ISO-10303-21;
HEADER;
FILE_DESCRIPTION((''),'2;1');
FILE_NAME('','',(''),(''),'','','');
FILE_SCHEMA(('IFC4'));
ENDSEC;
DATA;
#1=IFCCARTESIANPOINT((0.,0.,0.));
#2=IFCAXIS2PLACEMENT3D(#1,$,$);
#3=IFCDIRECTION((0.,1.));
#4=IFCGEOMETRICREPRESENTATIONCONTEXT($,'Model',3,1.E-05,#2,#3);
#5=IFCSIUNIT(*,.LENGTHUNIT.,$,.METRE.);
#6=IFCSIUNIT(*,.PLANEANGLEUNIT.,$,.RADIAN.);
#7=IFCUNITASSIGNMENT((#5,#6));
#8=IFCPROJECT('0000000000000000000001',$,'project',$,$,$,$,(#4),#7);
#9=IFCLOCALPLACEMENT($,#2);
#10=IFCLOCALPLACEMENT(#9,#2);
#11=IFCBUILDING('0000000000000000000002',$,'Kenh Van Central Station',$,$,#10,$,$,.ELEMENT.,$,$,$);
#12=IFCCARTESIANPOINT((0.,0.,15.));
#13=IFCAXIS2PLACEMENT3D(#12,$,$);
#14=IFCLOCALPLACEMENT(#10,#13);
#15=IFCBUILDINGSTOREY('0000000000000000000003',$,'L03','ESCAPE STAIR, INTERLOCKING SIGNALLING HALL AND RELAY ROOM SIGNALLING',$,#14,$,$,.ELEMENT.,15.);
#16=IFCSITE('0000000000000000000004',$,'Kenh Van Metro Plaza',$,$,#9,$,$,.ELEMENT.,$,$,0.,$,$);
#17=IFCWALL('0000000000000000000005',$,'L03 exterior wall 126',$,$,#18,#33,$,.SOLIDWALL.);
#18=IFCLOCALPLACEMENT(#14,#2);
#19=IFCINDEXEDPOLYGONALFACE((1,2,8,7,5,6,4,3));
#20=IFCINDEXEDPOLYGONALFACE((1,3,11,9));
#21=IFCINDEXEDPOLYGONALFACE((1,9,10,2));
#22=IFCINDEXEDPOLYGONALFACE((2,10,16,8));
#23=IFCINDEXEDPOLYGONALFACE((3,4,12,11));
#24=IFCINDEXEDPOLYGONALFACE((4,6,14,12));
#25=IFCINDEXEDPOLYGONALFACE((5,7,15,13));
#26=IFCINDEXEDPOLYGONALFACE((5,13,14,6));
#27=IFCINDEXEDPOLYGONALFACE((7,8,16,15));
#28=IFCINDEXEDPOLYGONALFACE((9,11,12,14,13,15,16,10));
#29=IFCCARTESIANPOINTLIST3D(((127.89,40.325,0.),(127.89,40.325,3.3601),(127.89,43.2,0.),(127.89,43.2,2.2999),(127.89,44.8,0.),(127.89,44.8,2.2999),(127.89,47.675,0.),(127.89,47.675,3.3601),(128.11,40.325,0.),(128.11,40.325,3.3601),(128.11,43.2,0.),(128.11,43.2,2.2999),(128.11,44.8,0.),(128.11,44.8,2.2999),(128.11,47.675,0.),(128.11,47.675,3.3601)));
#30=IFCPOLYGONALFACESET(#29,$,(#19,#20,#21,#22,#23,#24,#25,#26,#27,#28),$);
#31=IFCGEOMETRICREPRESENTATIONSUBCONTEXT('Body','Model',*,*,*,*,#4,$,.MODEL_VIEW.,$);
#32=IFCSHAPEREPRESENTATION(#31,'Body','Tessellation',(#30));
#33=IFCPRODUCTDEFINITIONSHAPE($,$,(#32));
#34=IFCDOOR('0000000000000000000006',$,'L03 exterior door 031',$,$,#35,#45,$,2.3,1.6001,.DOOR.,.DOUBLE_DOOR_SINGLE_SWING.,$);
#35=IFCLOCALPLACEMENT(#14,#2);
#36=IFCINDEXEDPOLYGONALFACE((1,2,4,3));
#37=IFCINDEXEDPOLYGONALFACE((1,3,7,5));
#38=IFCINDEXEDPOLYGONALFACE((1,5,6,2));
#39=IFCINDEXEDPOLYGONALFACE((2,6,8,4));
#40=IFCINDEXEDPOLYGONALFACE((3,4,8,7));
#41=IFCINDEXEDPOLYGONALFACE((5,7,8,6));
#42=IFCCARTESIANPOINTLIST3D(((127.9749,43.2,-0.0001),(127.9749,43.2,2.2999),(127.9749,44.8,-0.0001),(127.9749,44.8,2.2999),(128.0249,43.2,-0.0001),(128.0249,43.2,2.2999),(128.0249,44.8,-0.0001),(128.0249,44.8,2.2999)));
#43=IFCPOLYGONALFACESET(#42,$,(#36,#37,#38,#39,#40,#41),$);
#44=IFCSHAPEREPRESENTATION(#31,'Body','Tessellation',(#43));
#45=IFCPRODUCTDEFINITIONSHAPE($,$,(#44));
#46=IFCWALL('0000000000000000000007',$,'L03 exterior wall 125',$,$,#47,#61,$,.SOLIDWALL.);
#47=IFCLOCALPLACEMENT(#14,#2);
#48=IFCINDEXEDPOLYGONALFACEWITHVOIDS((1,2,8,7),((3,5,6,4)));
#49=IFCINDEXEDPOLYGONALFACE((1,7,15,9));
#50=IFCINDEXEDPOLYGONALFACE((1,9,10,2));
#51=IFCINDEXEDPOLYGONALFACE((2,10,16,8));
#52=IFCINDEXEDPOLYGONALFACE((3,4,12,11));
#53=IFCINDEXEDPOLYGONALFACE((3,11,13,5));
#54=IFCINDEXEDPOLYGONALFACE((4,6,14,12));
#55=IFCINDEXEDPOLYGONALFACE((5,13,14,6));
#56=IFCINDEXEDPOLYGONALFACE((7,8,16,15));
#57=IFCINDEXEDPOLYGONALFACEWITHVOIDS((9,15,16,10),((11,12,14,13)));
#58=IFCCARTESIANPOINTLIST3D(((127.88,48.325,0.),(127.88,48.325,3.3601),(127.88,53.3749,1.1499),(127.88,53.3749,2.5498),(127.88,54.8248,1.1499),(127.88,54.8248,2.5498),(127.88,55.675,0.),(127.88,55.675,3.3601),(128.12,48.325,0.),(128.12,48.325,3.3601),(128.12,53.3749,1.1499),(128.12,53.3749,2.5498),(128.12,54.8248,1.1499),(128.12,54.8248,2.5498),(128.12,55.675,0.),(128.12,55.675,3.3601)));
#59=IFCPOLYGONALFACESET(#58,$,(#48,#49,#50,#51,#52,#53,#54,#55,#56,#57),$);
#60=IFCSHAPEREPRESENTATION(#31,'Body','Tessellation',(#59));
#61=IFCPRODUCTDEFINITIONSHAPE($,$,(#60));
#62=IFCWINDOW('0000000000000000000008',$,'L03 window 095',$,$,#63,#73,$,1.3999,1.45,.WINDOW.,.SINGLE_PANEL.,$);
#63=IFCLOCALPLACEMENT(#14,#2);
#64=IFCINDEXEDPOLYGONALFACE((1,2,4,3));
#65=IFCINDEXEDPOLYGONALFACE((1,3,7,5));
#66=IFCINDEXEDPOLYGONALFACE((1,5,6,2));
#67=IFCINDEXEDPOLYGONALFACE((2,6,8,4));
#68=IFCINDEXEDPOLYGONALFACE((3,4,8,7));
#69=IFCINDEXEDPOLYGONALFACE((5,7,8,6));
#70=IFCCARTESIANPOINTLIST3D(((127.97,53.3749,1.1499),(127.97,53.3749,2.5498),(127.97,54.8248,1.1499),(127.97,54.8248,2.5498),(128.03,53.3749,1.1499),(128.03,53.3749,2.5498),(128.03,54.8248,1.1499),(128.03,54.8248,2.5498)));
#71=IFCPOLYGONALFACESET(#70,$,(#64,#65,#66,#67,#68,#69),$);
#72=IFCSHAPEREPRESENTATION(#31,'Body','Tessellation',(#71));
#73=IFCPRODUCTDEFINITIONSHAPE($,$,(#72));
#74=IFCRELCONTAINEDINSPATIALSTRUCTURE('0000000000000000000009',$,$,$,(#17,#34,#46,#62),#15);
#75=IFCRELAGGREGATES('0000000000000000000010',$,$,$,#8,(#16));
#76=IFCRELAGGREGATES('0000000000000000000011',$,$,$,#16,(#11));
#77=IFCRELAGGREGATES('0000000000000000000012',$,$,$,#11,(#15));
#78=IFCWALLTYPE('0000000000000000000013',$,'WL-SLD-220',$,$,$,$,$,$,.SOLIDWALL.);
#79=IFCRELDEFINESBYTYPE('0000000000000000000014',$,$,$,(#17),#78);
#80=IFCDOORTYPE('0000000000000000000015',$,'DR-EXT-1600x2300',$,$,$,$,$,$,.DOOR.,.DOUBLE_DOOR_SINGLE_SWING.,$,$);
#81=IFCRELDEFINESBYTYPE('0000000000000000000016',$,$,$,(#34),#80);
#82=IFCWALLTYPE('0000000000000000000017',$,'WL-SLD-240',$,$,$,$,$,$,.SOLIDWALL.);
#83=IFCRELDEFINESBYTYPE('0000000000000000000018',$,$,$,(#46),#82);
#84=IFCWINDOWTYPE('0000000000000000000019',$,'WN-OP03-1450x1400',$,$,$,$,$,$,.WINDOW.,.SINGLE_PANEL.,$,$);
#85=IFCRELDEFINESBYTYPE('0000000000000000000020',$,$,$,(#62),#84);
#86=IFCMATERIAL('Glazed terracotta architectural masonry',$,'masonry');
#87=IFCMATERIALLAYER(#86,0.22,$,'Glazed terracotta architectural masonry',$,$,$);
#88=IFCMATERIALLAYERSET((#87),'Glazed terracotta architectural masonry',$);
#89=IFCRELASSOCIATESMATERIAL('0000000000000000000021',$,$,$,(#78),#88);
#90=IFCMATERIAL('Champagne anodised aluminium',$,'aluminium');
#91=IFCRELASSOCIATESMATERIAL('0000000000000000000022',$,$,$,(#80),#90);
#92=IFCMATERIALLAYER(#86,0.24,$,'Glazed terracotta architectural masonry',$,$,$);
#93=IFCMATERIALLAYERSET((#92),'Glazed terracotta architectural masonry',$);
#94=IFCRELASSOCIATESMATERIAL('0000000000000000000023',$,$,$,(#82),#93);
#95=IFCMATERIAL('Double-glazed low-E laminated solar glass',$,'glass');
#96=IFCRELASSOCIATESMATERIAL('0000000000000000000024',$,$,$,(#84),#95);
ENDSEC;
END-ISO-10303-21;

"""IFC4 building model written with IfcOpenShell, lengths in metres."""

from ifc_helpers import new_model, si_unit, direction, frame, frame_2d, origin, place, context, subcontext, project, spatial, rectangle, extrude, material, layer, layer_set, type_object, element, fill, save


model = new_model("IFC4")

# Units and contexts
model_context = context("Model", 3, precision=1e-05, world=origin(), true_north=direction((0.0, 1.0)))
body_context = subcontext(model_context, "Body", "Model", "MODEL_VIEW")
ifc_project = project(units=[si_unit("LENGTHUNIT", "METRE"), si_unit("PLANEANGLEUNIT", "RADIAN")], contexts=[model_context])

# Site, building, storey
site_placement = place(None, origin())
site = spatial("IfcSite", under=ifc_project, at=site_placement, Name="Kenh Van Metro Plaza", CompositionType="ELEMENT", RefElevation=0.0)
building_placement = place(site_placement, origin())
building = spatial("IfcBuilding", under=site, at=building_placement, Name="Kenh Van Central Station", CompositionType="ELEMENT")
storey_placement = place(building_placement, frame((0.0, 0.0, 15.0)))
storey = spatial("IfcBuildingStorey", under=building, at=storey_placement, Name="L03", Description="ESCAPE STAIR, INTERLOCKING SIGNALLING HALL AND RELAY ROOM SIGNALLING", CompositionType="ELEMENT", Elevation=15.0)

# Wall, opening, door
ifc_material_1 = material(Name="Glazed terracotta architectural masonry", Category="masonry")
ifc_layer_1 = layer(ifc_material_1, 0.22, Name="Glazed terracotta architectural masonry")
ifc_layer_set_1 = layer_set([ifc_layer_1], Name="Glazed terracotta architectural masonry")
wall_type_1 = type_object("IfcWallType", Name="WL-SLD-220", PredefinedType="SOLIDWALL", material=ifc_layer_set_1)
wall_1_placement = place(storey_placement, frame((128.0, 47.675, 0.0), z_axis=(0.0, 0.0, 1.0), x_axis=(0.0, -1.0, 0.0)))
wall_1 = element("IfcWall", 1, at=wall_1_placement, inside=storey, type_object=wall_type_1, Name="L03 exterior wall 126", PredefinedType="SOLIDWALL", context=body_context, shape_type="SweptSolid", body=[
    extrude(rectangle(XDim=7.3501, YDim=0.22, at=frame_2d((3.675, 0.0))), origin(), (0.0, 0.0, 1.0), 3.3601),
])
opening_1_placement = place(wall_1_placement, frame((2.875, 0.0, 0.0)))
opening_1 = element("IfcOpeningElement", 2, at=opening_1_placement, cuts=wall_1, PredefinedType="OPENING", context=body_context, shape_type="SweptSolid", body=[
    extrude(rectangle(XDim=1.6001, YDim=2.3, at=frame_2d((0.8, 1.1499))), frame((0.0, 0.1199, 0.0), z_axis=(0.0, -1.0, 0.0), x_axis=(1.0, 0.0, 0.0)), (0.0, 0.0, 1.0), 0.24),
])
ifc_material_2 = material(Name="Champagne anodised aluminium", Category="aluminium")
door_type = type_object("IfcDoorType", Name="DR-EXT-1600x2300", OperationType="DOUBLE_DOOR_SINGLE_SWING", PredefinedType="DOOR", material=ifc_material_2)
door_placement = place(opening_1_placement, origin())
door = element("IfcDoor", 3, at=door_placement, inside=storey, type_object=door_type, Name="L03 exterior door 031", OperationType="DOUBLE_DOOR_SINGLE_SWING", OverallHeight=2.3, OverallWidth=1.6001, PredefinedType="DOOR", context=body_context, shape_type="SweptSolid", body=[
    extrude(rectangle(XDim=1.6001, YDim=2.3, at=frame_2d((0.8, 1.1499))), frame((0.0, 0.0249, 0.0), z_axis=(0.0, -1.0, 0.0), x_axis=(1.0, 0.0, 0.0)), (0.0, 0.0, 1.0), 0.05),
])
fill(opening_1, door)

# Wall, opening, window
ifc_layer_2 = layer(ifc_material_1, 0.24, Name="Glazed terracotta architectural masonry")
ifc_layer_set_2 = layer_set([ifc_layer_2], Name="Glazed terracotta architectural masonry")
wall_type_2 = type_object("IfcWallType", Name="WL-SLD-240", PredefinedType="SOLIDWALL", material=ifc_layer_set_2)
wall_2_placement = place(storey_placement, frame((128.0, 55.675, 0.0), z_axis=(0.0, 0.0, 1.0), x_axis=(0.0, -1.0, 0.0)))
wall_2 = element("IfcWall", 4, at=wall_2_placement, inside=storey, type_object=wall_type_2, Name="L03 exterior wall 125", PredefinedType="SOLIDWALL", context=body_context, shape_type="SweptSolid", body=[
    extrude(rectangle(XDim=7.3501, YDim=0.24, at=frame_2d((3.675, 0.0))), origin(), (0.0, 0.0, 1.0), 3.3601),
])
opening_2_placement = place(wall_2_placement, frame((0.8501, 0.0, 1.1499)))
opening_2 = element("IfcOpeningElement", 5, at=opening_2_placement, cuts=wall_2, PredefinedType="OPENING", context=body_context, shape_type="SweptSolid", body=[
    extrude(rectangle(XDim=1.45, YDim=1.3999, at=frame_2d((0.7251, 0.7))), frame((0.0, 0.1299, 0.0), z_axis=(0.0, -1.0, 0.0), x_axis=(1.0, 0.0, 0.0)), (0.0, 0.0, 1.0), 0.26),
])
ifc_material_3 = material(Name="Double-glazed low-E laminated solar glass", Category="glass")
window_type = type_object("IfcWindowType", Name="WN-OP03-1450x1400", PartitioningType="SINGLE_PANEL", PredefinedType="WINDOW", material=ifc_material_3)
window_placement = place(opening_2_placement, origin())
window = element("IfcWindow", 6, at=window_placement, inside=storey, type_object=window_type, Name="L03 window 095", OverallHeight=1.3999, OverallWidth=1.45, PartitioningType="SINGLE_PANEL", PredefinedType="WINDOW", context=body_context, shape_type="SweptSolid", body=[
    extrude(rectangle(XDim=1.45, YDim=1.3999, at=frame_2d((0.7251, 0.7))), frame((0.0, 0.03, 0.0), z_axis=(0.0, -1.0, 0.0), x_axis=(1.0, 0.0, 0.0)), (0.0, 0.0, 1.0), 0.0601),
])
fill(opening_2, window)

save(model, "model.ifc")
